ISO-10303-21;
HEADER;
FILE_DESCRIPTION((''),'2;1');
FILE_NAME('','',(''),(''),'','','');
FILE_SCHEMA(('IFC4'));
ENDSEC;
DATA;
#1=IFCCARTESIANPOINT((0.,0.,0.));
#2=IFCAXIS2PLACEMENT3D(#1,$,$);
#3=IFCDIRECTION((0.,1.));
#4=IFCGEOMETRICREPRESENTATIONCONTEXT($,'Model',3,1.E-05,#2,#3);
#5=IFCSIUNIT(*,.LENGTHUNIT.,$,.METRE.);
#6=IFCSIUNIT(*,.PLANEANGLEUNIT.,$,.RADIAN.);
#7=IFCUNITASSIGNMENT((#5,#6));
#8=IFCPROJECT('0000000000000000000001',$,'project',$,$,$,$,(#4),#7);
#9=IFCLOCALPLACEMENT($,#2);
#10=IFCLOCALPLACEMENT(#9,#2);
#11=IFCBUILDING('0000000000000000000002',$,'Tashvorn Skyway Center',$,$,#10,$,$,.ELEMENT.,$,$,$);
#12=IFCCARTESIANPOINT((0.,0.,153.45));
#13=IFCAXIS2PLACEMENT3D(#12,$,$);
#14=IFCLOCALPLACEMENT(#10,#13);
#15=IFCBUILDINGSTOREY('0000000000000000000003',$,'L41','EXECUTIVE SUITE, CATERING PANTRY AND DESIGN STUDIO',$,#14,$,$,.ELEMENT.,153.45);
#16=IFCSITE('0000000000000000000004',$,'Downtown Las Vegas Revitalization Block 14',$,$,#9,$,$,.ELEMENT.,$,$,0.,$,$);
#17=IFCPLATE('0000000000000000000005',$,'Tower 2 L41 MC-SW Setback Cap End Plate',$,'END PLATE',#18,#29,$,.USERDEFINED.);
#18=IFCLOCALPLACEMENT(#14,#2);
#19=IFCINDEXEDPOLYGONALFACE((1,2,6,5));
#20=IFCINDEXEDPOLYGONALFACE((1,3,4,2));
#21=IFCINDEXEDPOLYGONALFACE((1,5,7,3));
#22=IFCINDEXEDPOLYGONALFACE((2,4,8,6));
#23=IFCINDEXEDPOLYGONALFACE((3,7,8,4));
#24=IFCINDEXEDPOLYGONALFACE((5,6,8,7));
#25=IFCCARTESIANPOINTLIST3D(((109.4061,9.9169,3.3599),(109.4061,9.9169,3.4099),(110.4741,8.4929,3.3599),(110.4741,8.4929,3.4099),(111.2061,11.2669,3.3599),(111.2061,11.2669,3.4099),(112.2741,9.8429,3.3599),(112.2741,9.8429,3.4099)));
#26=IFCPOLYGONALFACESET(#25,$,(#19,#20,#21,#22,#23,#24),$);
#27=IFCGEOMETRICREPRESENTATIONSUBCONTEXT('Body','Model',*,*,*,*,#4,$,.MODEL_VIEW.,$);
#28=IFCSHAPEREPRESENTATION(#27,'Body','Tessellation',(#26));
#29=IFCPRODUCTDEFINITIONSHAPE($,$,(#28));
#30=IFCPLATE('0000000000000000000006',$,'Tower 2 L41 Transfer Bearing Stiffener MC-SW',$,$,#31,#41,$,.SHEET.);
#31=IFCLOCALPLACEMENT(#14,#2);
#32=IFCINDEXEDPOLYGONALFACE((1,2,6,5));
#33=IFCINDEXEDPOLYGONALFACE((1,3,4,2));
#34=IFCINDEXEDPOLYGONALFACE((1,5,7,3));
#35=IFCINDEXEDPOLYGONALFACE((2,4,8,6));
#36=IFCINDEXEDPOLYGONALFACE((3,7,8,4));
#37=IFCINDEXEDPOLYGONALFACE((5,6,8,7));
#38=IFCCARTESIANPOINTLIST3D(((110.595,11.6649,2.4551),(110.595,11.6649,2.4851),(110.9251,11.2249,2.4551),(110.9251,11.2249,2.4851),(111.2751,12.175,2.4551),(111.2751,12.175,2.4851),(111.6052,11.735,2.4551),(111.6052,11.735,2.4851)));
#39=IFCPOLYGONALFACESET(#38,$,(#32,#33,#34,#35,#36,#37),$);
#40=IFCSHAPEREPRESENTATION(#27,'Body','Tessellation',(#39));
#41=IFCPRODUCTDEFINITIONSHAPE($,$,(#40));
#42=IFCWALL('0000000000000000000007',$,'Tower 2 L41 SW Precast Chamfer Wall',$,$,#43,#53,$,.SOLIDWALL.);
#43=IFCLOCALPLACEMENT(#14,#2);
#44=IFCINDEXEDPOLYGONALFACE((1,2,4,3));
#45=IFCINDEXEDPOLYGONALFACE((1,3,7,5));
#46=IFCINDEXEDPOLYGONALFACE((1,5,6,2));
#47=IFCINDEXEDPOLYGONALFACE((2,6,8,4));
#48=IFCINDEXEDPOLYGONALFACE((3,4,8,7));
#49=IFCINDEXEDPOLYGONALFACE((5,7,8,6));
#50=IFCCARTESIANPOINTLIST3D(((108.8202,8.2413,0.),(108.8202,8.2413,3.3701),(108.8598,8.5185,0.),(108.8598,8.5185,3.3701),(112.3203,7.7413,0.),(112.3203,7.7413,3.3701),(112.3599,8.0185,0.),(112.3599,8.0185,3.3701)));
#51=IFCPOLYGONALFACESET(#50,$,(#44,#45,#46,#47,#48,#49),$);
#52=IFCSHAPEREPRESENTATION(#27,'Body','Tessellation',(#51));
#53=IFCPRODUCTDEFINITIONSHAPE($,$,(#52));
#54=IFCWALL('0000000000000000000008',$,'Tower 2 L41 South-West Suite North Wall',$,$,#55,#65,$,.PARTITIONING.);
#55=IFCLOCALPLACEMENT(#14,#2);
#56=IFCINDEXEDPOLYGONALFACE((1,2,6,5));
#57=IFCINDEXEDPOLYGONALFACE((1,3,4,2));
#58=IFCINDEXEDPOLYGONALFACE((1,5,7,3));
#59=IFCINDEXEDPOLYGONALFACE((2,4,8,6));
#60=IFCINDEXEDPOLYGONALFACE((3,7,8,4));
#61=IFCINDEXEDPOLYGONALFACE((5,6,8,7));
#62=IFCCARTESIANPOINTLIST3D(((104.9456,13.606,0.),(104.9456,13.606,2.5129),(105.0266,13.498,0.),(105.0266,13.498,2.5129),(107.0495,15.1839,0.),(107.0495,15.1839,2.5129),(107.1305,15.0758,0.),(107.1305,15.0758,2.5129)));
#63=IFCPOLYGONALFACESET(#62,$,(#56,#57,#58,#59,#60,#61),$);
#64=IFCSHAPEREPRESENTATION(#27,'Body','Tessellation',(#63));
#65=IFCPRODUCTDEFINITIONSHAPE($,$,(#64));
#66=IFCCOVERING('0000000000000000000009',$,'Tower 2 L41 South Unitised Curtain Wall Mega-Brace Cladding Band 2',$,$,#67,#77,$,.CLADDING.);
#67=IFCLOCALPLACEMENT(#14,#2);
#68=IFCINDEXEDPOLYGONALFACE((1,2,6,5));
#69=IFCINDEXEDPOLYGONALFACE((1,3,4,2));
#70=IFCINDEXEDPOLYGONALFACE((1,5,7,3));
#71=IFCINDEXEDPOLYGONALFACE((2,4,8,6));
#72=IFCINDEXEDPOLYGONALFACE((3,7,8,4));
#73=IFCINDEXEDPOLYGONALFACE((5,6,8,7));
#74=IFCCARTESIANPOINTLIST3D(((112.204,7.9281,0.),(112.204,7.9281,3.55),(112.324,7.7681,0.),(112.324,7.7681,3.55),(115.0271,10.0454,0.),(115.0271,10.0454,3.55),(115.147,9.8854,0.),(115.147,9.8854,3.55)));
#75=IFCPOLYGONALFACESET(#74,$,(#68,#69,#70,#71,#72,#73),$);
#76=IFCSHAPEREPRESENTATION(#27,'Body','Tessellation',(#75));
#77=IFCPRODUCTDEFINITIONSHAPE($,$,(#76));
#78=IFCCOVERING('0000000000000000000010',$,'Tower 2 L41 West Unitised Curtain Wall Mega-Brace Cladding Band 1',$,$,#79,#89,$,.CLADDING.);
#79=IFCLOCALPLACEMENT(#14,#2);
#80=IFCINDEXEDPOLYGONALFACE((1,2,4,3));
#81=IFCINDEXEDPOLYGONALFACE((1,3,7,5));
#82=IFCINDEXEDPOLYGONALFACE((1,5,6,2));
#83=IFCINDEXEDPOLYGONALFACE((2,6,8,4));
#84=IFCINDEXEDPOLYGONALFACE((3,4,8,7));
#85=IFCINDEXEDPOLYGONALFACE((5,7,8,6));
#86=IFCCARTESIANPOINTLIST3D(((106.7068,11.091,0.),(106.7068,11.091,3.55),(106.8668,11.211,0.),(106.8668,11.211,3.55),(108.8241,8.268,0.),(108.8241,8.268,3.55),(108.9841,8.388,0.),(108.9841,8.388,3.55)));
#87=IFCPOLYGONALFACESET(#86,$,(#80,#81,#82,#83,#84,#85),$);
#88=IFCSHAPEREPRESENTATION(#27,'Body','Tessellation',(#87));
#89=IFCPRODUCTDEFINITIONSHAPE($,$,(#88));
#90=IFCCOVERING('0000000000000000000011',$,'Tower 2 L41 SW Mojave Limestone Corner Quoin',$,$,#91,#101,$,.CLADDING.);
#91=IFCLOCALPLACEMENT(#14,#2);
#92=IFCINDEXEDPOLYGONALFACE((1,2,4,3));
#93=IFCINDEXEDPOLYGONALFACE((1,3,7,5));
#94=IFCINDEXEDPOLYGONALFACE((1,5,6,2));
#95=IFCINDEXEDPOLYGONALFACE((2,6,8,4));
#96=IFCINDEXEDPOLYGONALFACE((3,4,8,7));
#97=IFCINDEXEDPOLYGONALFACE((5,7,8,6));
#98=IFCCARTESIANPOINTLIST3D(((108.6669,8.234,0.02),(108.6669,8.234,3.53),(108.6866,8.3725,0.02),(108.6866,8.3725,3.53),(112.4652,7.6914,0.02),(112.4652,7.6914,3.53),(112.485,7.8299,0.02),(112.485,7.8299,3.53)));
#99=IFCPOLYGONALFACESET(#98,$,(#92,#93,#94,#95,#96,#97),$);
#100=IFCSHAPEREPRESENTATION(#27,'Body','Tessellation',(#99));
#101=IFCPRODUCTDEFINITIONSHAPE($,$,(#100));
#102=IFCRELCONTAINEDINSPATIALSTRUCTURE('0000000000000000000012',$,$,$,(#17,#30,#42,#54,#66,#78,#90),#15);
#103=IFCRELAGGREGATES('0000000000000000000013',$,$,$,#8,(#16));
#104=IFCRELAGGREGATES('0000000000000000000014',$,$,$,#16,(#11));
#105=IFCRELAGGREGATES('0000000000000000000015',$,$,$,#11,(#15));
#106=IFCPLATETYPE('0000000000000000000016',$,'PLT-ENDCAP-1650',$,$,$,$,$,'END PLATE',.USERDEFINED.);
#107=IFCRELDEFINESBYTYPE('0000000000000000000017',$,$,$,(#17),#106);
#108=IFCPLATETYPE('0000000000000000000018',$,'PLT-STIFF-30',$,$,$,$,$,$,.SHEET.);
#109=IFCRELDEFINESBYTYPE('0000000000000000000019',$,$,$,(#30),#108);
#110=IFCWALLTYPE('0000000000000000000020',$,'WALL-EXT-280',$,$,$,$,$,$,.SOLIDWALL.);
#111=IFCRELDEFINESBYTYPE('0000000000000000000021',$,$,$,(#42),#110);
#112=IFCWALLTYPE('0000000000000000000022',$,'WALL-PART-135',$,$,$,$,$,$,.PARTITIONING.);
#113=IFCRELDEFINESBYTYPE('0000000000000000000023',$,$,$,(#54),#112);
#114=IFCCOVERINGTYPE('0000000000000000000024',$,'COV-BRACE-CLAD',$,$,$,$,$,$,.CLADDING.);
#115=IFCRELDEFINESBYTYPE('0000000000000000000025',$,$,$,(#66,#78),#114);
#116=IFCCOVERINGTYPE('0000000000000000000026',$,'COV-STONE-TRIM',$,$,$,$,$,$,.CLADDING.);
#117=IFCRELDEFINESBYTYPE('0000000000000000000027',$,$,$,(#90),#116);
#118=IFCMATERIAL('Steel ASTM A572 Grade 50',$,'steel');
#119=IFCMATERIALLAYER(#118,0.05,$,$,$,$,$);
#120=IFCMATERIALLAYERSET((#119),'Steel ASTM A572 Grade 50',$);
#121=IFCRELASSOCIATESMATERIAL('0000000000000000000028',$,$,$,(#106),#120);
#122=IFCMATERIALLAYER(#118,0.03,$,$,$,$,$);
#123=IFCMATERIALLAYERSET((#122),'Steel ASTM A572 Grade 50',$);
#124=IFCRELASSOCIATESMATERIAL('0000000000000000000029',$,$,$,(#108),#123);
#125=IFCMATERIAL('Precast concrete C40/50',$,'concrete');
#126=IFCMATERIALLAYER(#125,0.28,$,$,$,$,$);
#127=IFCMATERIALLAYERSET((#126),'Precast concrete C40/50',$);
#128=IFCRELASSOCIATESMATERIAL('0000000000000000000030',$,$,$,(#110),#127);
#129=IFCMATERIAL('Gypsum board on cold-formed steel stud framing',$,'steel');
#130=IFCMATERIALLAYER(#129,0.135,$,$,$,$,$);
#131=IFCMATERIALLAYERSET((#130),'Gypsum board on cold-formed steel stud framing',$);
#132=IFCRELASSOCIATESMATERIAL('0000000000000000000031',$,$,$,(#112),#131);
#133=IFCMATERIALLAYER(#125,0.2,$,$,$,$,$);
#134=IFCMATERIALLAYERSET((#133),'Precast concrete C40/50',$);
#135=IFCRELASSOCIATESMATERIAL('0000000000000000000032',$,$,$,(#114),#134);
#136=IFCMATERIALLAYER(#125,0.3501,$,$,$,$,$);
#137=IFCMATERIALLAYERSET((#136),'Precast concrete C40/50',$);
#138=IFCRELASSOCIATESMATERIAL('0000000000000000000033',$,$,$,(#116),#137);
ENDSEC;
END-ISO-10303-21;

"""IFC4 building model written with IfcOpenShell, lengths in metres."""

from ifc_helpers import new_model, si_unit, direction, frame, frame_2d, origin, origin_2d, place, context, subcontext, project, spatial, rectangle, extrude, material, layer, layer_set, type_object, element, save


model = new_model("IFC4")

# Units and contexts
model_context = context("Model", 3, precision=1e-05, world=origin(), true_north=direction((0.0, 1.0)))
body_context = subcontext(model_context, "Body", "Model", "MODEL_VIEW")
ifc_project = project(units=[si_unit("LENGTHUNIT", "METRE"), si_unit("PLANEANGLEUNIT", "RADIAN")], contexts=[model_context])

# Site, building, storey
site_placement = place(None, origin())
site = spatial("IfcSite", under=ifc_project, at=site_placement, Name="Downtown Las Vegas Revitalization Block 14", CompositionType="ELEMENT", RefElevation=0.0)
building_placement = place(site_placement, origin())
building = spatial("IfcBuilding", under=site, at=building_placement, Name="Tashvorn Skyway Center", CompositionType="ELEMENT")
storey_placement = place(building_placement, frame((0.0, 0.0, 153.45)))
storey = spatial("IfcBuildingStorey", under=building, at=storey_placement, Name="L41", Description="EXECUTIVE SUITE, CATERING PANTRY AND DESIGN STUDIO", CompositionType="ELEMENT", Elevation=153.45)

# Shared definitions
ifc_material_1 = material(Name="Steel ASTM A572 Grade 50", Category="steel")

# Plates
ifc_layer_1 = layer(ifc_material_1, 0.05)
ifc_layer_set_1 = layer_set([ifc_layer_1], Name="Steel ASTM A572 Grade 50")
plate_type_1 = type_object("IfcPlateType", Name="PLT-ENDCAP-1650", ElementType="END PLATE", PredefinedType="USERDEFINED", material=ifc_layer_set_1)
plate_1_placement = place(storey_placement, frame((110.8401, 9.8799, 3.3599), z_axis=(0.0, 0.0, 1.0), x_axis=(0.8, 0.6, 0.0)))
element("IfcPlate", 1, at=plate_1_placement, inside=storey, type_object=plate_type_1, Name="Tower 2 L41 MC-SW Setback Cap End Plate", ObjectType="END PLATE", PredefinedType="USERDEFINED", context=body_context, shape_type="SweptSolid", body=[
    extrude(rectangle(XDim=2.25, YDim=1.78, at=origin_2d()), origin(), (0.0, 0.0, 1.0), 0.05),
])
ifc_layer_2 = layer(ifc_material_1, 0.03)
ifc_layer_set_2 = layer_set([ifc_layer_2], Name="Steel ASTM A572 Grade 50")
plate_type_2 = type_object("IfcPlateType", Name="PLT-STIFF-30", PredefinedType="SHEET", material=ifc_layer_set_2)
plate_2_placement = place(storey_placement, frame((111.1001, 11.7, 2.4551), z_axis=(0.0, 0.0, 1.0), x_axis=(0.8, 0.6, 0.0)))
element("IfcPlate", 2, at=plate_2_placement, inside=storey, type_object=plate_type_2, Name="Tower 2 L41 Transfer Bearing Stiffener MC-SW", PredefinedType="SHEET", context=body_context, shape_type="SweptSolid", body=[
    extrude(rectangle(XDim=0.8501, YDim=0.55, at=origin_2d()), origin(), (0.0, 0.0, 1.0), 0.03),
])

# Walls
ifc_material_2 = material(Name="Precast concrete C40/50", Category="concrete")
ifc_layer_3 = layer(ifc_material_2, 0.28)
ifc_layer_set_3 = layer_set([ifc_layer_3], Name="Precast concrete C40/50")
wall_type_1 = type_object("IfcWallType", Name="WALL-EXT-280", PredefinedType="SOLIDWALL", material=ifc_layer_set_3)
wall_1_placement = place(storey_placement, frame((112.3401, 7.8799, 0.0), z_axis=(0.0, 0.0, 1.0), x_axis=(-0.989949, 0.141421, 0.0)))
element("IfcWall", 3, at=wall_1_placement, inside=storey, type_object=wall_type_1, Name="Tower 2 L41 SW Precast Chamfer Wall", PredefinedType="SOLIDWALL", context=body_context, shape_type="SweptSolid", body=[
    extrude(rectangle(XDim=3.5356, YDim=0.28, at=frame_2d((1.7678, 0.0))), origin(), (0.0, 0.0, 1.0), 3.3701),
])
ifc_material_3 = material(Name="Gypsum board on cold-formed steel stud framing", Category="steel")
ifc_layer_4 = layer(ifc_material_3, 0.135)
ifc_layer_set_4 = layer_set([ifc_layer_4], Name="Gypsum board on cold-formed steel stud framing")
wall_type_2 = type_object("IfcWallType", Name="WALL-PART-135", PredefinedType="PARTITIONING", material=ifc_layer_set_4)
wall_2_placement = place(storey_placement, frame((104.9861, 13.552, 0.0), z_axis=(0.0, 0.0, 1.0), x_axis=(0.800022, 0.59997, 0.0)))
element("IfcWall", 4, at=wall_2_placement, inside=storey, type_object=wall_type_2, Name="Tower 2 L41 South-West Suite North Wall", PredefinedType="PARTITIONING", context=body_context, shape_type="SweptSolid", body=[
    extrude(rectangle(XDim=2.6299, YDim=0.135, at=frame_2d((1.3149, 0.0))), origin(), (0.0, 0.0, 1.0), 2.5129),
])

# Coverings
ifc_layer_5 = layer(ifc_material_2, 0.2)
ifc_layer_set_5 = layer_set([ifc_layer_5], Name="Precast concrete C40/50")
covering_type_1 = type_object("IfcCoveringType", Name="COV-BRACE-CLAD", PredefinedType="CLADDING", material=ifc_layer_set_5)
for number, where, z_axis, x_axis, name in (
    (5, (113.6755, 8.9067, 0.0), (0.0, 0.0, 1.0), (-0.8, -0.6, 0.0), "Tower 2 L41 South Unitised Curtain Wall Mega-Brace Cladding Band 2"),
    (6, (107.8455, 9.7395, 0.0), (0.0, 0.0, 1.0), (-0.6, 0.8, 0.0), "Tower 2 L41 West Unitised Curtain Wall Mega-Brace Cladding Band 1"),
):
    element("IfcCovering", number, at=place(storey_placement, frame(where, z_axis=z_axis, x_axis=x_axis)), inside=storey, type_object=covering_type_1, Name=name, PredefinedType="CLADDING", context=body_context, shape_type="SweptSolid", body=[
        extrude(rectangle(XDim=3.5288, YDim=0.2, at=origin_2d()), origin(), (0.0, 0.0, 1.0), 3.55),
    ])
ifc_layer_6 = layer(ifc_material_2, 0.3501)
ifc_layer_set_6 = layer_set([ifc_layer_6], Name="Precast concrete C40/50")
covering_type_2 = type_object("IfcCoveringType", Name="COV-STONE-TRIM", PredefinedType="CLADDING", material=ifc_layer_set_6)
covering_placement = place(storey_placement, frame((110.5759, 8.032, 0.02), z_axis=(0.0, 0.0, 1.0), x_axis=(-0.989949, 0.141421, 0.0)))
element("IfcCovering", 7, at=covering_placement, inside=storey, type_object=covering_type_2, Name="Tower 2 L41 SW Mojave Limestone Corner Quoin", PredefinedType="CLADDING", context=body_context, shape_type="SweptSolid", body=[
    extrude(rectangle(XDim=3.8369, YDim=0.1399, at=origin_2d()), origin(), (0.0, 0.0, 1.0), 3.51),
])

save(model, "model.ifc")
